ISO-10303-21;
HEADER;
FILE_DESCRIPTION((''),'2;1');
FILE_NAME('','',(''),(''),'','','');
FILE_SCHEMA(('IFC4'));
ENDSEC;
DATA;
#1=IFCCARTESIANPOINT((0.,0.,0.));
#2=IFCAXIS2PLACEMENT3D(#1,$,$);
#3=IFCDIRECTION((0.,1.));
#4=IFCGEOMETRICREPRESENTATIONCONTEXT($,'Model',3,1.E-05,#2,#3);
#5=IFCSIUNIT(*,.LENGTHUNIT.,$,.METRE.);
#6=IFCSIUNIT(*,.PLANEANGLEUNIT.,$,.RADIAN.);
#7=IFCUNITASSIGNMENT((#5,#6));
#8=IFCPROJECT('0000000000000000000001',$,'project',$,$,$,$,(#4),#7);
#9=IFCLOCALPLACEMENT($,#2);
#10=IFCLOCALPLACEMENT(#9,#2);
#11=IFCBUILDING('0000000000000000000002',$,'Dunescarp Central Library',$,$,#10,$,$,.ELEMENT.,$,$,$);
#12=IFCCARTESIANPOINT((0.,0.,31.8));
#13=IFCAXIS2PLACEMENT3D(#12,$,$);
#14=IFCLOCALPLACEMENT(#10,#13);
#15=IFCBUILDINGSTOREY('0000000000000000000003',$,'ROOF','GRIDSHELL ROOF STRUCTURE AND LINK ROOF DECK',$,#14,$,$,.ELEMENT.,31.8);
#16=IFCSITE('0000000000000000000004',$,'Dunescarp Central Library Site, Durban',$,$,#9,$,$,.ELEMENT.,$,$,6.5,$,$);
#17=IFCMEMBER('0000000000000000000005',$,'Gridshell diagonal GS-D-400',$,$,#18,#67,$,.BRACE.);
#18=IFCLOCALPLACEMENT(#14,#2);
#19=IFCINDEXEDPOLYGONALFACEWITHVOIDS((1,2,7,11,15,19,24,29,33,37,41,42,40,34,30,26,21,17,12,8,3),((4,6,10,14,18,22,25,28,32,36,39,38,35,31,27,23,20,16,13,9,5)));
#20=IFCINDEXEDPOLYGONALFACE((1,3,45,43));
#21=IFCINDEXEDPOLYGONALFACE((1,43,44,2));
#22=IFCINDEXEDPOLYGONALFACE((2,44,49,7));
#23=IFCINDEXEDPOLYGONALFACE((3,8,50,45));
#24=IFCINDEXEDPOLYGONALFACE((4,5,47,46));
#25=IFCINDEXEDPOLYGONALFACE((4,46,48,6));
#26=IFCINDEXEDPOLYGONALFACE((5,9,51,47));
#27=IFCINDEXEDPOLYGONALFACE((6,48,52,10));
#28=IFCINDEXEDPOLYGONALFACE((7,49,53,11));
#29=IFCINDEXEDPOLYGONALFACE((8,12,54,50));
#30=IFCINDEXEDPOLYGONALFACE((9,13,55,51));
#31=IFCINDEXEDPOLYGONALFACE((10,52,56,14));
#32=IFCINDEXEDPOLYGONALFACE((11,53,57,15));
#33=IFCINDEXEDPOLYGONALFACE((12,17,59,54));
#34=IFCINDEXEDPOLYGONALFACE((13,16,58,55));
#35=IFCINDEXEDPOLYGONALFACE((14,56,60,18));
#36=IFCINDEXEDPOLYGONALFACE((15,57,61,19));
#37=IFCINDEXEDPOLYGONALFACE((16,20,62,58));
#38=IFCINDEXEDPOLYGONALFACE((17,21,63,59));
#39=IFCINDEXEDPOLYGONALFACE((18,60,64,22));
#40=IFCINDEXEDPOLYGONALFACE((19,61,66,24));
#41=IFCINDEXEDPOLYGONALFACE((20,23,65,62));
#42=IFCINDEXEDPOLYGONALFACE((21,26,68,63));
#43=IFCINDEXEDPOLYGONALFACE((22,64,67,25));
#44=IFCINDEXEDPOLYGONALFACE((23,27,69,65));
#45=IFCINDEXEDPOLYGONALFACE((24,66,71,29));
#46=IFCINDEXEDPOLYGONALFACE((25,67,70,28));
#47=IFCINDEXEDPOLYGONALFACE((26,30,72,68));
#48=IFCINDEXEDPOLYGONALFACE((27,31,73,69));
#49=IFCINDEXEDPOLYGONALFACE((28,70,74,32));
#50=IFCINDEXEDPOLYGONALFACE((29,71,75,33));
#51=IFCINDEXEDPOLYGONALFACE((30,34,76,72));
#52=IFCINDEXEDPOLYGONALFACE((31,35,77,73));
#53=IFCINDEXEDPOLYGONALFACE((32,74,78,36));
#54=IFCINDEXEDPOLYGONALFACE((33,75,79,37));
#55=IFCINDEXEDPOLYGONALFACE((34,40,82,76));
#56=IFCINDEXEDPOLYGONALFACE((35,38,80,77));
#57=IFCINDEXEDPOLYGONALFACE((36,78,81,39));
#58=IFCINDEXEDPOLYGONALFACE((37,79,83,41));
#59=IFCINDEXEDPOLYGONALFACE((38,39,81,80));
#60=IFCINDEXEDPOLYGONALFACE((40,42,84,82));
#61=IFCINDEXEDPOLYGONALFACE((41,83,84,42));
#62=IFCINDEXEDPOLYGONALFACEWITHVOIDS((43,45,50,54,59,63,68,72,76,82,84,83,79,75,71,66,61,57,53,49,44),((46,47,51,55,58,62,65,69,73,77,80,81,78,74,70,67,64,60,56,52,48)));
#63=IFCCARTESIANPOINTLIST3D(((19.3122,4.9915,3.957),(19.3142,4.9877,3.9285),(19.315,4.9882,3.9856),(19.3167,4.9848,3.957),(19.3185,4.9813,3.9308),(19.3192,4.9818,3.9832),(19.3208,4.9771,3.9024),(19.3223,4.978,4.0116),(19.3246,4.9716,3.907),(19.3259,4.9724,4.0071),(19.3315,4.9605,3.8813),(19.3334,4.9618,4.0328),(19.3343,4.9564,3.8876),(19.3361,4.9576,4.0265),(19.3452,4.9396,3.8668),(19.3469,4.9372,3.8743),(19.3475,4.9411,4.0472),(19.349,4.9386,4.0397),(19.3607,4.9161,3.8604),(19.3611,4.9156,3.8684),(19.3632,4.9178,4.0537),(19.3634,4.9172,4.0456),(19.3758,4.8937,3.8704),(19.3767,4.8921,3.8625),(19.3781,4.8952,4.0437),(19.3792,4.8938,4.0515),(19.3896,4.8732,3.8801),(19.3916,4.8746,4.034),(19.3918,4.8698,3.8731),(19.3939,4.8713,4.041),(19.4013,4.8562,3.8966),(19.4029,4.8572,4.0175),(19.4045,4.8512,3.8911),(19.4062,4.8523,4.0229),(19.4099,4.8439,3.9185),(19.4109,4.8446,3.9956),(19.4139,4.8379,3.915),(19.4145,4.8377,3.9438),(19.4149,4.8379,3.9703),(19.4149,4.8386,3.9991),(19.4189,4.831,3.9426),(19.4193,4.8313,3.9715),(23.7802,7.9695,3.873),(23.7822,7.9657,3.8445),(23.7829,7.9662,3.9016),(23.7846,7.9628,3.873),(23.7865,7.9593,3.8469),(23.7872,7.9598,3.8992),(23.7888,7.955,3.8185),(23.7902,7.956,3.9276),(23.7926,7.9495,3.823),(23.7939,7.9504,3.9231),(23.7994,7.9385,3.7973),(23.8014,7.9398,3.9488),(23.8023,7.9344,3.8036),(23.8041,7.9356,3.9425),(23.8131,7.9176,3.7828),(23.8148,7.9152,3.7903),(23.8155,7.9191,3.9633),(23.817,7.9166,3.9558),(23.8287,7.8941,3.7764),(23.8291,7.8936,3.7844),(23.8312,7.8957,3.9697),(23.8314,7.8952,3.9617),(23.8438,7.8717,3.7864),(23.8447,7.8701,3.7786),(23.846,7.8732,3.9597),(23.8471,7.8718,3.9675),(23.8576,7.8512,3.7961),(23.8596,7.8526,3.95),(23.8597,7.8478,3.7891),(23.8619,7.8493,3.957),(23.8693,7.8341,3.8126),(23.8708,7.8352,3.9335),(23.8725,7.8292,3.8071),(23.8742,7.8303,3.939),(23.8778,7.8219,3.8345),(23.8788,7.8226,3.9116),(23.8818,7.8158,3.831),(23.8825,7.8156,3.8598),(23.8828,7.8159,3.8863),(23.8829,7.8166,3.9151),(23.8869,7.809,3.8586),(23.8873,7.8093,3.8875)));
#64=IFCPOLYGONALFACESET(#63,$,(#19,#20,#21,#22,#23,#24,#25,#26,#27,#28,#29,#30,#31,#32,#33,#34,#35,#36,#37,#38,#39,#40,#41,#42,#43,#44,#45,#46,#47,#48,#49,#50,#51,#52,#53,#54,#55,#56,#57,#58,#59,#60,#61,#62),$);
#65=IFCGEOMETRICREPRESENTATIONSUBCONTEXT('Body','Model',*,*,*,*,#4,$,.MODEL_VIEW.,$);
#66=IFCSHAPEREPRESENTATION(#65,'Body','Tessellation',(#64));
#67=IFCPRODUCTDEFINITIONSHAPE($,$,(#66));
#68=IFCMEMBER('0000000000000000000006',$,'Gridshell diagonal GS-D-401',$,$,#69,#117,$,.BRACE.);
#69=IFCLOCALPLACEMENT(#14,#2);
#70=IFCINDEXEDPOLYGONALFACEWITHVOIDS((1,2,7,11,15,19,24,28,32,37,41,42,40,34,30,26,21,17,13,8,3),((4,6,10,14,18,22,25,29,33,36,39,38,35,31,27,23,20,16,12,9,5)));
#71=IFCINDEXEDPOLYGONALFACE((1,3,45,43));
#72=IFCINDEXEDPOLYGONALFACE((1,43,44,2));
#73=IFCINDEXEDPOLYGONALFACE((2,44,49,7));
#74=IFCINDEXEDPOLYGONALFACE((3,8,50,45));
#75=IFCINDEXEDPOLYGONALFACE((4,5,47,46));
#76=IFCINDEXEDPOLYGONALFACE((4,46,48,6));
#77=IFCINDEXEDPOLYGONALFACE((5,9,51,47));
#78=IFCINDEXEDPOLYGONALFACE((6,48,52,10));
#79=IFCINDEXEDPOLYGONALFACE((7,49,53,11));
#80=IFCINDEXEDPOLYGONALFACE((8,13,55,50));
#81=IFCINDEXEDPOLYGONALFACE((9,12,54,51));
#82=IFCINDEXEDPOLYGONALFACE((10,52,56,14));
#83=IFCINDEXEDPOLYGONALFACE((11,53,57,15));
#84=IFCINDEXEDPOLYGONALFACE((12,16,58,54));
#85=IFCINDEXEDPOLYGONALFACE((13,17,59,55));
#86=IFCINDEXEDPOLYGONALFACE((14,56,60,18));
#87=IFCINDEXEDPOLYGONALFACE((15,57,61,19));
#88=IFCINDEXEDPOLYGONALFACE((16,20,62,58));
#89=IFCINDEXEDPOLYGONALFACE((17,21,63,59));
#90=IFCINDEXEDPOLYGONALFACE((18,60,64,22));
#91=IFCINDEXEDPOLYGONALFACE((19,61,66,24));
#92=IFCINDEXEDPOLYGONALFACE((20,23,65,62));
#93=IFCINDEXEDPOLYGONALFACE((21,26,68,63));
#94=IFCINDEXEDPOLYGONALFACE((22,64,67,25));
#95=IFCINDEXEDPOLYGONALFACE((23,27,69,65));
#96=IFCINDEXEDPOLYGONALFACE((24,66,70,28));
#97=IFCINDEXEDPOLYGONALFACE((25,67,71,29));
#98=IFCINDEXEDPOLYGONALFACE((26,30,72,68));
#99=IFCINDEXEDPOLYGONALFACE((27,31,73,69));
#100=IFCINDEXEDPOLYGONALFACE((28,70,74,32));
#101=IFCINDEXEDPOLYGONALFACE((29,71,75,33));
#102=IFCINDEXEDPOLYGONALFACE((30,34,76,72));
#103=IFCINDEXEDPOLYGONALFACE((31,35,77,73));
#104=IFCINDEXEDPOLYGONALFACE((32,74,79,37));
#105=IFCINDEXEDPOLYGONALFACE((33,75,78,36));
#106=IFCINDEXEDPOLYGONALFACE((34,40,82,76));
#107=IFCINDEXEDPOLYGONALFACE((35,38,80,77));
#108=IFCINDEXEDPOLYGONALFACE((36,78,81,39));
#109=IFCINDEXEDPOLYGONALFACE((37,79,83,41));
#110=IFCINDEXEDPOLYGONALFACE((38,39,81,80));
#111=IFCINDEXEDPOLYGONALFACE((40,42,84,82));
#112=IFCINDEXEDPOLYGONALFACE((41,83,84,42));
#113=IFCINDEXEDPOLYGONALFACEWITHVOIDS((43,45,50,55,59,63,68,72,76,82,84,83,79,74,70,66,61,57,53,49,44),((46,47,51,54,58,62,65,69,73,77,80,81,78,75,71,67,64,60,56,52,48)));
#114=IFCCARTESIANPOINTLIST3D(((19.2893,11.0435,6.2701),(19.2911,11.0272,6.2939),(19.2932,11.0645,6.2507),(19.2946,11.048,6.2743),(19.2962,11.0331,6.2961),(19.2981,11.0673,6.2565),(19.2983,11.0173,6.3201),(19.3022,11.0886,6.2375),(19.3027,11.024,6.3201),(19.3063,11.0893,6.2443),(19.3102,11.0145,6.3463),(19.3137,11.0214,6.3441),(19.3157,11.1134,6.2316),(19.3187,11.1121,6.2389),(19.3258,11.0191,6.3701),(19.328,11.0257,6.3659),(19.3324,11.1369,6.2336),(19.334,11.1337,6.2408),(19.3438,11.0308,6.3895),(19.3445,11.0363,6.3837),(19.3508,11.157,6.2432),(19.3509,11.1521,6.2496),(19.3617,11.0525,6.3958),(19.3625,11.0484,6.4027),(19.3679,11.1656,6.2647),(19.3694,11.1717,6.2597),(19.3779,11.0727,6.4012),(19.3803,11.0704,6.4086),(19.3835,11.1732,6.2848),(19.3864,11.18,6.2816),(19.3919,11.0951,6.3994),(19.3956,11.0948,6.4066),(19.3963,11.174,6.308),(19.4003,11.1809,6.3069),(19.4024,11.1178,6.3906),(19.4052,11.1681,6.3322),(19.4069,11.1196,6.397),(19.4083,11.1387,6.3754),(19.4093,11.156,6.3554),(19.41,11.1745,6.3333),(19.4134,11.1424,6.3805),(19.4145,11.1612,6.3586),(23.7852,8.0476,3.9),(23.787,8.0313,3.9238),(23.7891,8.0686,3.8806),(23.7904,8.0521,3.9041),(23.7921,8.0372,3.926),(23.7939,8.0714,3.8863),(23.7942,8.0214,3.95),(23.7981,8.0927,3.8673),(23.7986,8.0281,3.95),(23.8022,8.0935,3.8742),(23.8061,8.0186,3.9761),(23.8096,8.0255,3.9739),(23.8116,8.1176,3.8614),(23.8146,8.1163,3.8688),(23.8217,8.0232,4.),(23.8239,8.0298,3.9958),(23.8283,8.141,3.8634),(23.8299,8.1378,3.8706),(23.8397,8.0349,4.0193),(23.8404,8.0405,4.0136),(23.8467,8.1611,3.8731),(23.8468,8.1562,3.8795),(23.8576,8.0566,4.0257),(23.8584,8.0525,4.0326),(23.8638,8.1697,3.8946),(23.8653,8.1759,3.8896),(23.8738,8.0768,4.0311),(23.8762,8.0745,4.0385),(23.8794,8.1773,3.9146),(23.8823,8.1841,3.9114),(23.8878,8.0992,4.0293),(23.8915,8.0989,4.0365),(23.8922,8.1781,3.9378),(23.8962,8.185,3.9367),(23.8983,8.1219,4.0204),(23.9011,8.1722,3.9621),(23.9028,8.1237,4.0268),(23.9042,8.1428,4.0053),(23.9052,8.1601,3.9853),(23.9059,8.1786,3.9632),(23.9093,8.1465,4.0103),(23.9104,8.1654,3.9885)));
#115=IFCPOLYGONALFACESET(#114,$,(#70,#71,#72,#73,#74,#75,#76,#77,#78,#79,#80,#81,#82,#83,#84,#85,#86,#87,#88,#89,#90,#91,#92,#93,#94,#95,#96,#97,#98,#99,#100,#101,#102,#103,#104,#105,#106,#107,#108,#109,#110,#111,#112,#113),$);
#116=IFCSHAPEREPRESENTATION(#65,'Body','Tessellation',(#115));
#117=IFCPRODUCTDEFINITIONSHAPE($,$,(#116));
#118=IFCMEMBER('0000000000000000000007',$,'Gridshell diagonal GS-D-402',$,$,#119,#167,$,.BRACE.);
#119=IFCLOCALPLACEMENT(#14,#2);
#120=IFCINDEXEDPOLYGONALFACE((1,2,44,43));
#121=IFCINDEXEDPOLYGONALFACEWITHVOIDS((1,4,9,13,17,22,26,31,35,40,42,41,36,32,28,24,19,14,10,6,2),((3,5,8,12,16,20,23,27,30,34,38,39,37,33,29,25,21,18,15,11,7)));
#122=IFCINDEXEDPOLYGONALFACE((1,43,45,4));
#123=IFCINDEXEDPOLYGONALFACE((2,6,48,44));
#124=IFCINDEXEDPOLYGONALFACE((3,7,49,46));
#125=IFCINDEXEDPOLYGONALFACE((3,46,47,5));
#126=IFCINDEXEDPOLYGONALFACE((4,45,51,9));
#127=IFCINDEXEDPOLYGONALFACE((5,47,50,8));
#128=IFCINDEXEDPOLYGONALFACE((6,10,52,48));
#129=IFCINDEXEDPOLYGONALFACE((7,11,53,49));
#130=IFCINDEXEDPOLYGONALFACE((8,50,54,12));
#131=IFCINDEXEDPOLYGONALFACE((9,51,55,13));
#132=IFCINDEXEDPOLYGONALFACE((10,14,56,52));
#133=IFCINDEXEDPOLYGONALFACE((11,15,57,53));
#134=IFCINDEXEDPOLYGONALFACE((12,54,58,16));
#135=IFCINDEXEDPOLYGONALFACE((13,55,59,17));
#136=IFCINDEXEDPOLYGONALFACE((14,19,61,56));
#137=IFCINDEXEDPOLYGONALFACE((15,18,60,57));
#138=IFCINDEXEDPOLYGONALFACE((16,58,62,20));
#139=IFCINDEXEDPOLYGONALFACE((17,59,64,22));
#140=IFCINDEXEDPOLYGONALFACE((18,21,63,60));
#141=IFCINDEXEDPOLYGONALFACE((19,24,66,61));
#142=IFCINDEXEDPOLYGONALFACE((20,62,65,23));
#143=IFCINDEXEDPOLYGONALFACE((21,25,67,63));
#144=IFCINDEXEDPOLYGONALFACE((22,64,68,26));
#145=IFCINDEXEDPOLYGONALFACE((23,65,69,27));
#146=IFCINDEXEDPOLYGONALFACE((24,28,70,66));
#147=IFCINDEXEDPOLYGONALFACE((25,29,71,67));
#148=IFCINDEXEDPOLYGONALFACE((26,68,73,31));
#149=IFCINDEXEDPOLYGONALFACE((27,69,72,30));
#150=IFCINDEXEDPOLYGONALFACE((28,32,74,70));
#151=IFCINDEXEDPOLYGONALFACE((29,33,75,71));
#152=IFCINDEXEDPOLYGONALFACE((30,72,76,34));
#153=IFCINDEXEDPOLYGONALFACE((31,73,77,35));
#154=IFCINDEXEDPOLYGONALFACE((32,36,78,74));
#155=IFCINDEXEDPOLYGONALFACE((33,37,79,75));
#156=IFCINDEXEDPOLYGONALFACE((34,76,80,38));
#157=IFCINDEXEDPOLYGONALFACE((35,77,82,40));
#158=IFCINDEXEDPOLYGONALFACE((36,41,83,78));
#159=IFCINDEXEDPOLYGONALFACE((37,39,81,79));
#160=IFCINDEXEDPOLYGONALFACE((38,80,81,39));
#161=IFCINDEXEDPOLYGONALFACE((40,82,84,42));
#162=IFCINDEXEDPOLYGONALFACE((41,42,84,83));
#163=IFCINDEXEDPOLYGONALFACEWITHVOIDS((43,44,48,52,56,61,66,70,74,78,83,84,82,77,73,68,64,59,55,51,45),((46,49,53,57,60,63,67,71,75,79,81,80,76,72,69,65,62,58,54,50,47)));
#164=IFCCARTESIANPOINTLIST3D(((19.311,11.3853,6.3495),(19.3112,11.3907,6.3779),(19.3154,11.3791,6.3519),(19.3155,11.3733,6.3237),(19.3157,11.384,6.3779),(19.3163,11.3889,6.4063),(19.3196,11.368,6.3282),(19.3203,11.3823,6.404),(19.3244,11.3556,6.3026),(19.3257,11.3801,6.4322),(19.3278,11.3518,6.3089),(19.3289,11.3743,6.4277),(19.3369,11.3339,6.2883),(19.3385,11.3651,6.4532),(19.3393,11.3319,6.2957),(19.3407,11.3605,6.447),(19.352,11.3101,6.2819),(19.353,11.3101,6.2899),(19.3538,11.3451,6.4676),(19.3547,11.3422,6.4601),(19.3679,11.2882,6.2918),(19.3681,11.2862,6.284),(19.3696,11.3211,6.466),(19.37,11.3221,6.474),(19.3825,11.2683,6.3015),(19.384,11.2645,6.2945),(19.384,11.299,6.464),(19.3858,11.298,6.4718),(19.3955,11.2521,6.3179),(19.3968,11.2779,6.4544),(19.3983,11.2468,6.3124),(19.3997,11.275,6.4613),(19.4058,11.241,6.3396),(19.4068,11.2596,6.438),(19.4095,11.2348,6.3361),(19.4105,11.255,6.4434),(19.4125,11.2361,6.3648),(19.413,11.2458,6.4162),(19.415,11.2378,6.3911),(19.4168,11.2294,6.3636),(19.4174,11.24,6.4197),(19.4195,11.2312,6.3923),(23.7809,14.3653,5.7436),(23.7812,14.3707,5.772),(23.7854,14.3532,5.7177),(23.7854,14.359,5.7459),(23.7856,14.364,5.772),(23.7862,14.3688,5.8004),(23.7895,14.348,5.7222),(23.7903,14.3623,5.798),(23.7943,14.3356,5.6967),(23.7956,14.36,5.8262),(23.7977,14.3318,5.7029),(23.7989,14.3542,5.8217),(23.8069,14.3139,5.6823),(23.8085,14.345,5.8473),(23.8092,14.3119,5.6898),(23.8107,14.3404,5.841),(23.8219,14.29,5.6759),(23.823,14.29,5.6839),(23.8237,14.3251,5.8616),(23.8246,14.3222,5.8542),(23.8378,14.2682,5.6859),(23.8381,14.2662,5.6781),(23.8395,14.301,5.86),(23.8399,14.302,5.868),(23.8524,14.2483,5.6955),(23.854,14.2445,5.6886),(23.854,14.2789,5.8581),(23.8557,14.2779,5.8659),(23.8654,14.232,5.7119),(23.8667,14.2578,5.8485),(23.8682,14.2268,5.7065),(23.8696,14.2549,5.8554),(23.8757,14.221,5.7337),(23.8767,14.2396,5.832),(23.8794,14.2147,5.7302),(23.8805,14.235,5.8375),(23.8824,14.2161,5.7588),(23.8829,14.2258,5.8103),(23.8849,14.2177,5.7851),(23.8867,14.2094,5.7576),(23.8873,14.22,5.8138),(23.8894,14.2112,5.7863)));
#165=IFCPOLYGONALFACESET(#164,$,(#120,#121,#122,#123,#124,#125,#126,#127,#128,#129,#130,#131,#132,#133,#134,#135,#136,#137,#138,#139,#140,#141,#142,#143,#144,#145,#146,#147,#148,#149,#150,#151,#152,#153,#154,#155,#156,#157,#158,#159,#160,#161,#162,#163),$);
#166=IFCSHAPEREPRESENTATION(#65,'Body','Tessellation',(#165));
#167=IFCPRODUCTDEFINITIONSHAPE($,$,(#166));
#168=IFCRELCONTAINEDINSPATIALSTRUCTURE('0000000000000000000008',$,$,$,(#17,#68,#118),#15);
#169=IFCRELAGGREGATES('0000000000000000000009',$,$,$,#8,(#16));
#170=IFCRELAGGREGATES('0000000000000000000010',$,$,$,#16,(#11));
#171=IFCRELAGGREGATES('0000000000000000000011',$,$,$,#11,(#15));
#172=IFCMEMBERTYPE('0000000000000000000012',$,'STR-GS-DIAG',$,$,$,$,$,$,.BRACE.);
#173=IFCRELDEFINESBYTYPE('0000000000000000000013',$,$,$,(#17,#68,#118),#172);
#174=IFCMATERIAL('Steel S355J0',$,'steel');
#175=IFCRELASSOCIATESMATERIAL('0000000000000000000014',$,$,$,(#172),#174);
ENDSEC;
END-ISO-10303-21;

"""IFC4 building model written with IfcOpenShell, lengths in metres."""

from ifc_helpers import new_model, si_unit, direction, frame, origin, origin_2d, place, context, subcontext, project, spatial, hollow_circle, extrude, material, material_profile, profile_set, type_object, element, save


model = new_model("IFC4")

# Units and contexts
model_context = context("Model", 3, precision=1e-05, world=origin(), true_north=direction((0.0, 1.0)))
body_context = subcontext(model_context, "Body", "Model", "MODEL_VIEW")
ifc_project = project(units=[si_unit("LENGTHUNIT", "METRE"), si_unit("PLANEANGLEUNIT", "RADIAN")], contexts=[model_context])

# Site, building, storey
site_placement = place(None, origin())
site = spatial("IfcSite", under=ifc_project, at=site_placement, Name="Dunescarp Central Library Site, Durban", CompositionType="ELEMENT", RefElevation=6.5)
building_placement = place(site_placement, origin())
building = spatial("IfcBuilding", under=site, at=building_placement, Name="Dunescarp Central Library", CompositionType="ELEMENT")
storey_placement = place(building_placement, frame((0.0, 0.0, 31.8)))
storey = spatial("IfcBuildingStorey", under=building, at=storey_placement, Name="ROOF", Description="GRIDSHELL ROOF STRUCTURE AND LINK ROOF DECK", CompositionType="ELEMENT", Elevation=31.8)

# Members
ifc_material_1 = material(Name="Steel S355J0", Category="steel")
ifc_material_profile_1 = material_profile(ifc_material_1, hollow_circle(Radius=0.0969, WallThickness=0.0081, at=origin_2d()), Name="CHS 193.7x8")
ifc_profile_set_1 = profile_set([ifc_material_profile_1], Name="Steel S355J0")
member_type_1 = type_object("IfcMemberType", Name="STR-GS-DIAG", PredefinedType="BRACE", material=ifc_profile_set_1)
member_1_placement = place(storey_placement, frame((19.366, 4.9109, 3.957), z_axis=(0.832004, 0.554548, -0.015639), x_axis=(-0.554616, 0.832106, 0.0)))
element("IfcMember", 1, at=member_1_placement, inside=storey, type_object=member_type_1, Name="Gridshell diagonal GS-D-400", PredefinedType="BRACE", context=body_context, shape_type="SweptSolid", body=[
    extrude(hollow_circle(Radius=0.0969, WallThickness=0.0081, at=origin_2d()), origin(), (0.0, 0.0, 1.0), 5.3701),
])
member_2_placement = place(storey_placement, frame((23.8479, 8.1021, 3.95), z_axis=(-0.762061, 0.507806, 0.401742), x_axis=(-0.554523, -0.832168, 0.0)))
element("IfcMember", 2, at=member_2_placement, inside=storey, type_object=member_type_1, Name="Gridshell diagonal GS-D-401", PredefinedType="BRACE", context=body_context, shape_type="SweptSolid", body=[
    extrude(hollow_circle(Radius=0.0969, WallThickness=0.0081, at=origin_2d()), origin(), (0.0, 0.0, 1.0), 5.8997),
])
member_3_placement = place(storey_placement, frame((19.365, 11.3101, 6.3779), z_axis=(0.826807, 0.551205, -0.112083), x_axis=(-0.5547, 0.83205, 0.0)))
element("IfcMember", 3, at=member_3_placement, inside=storey, type_object=member_type_1, Name="Gridshell diagonal GS-D-402", PredefinedType="BRACE", context=body_context, shape_type="SweptSolid", body=[
    extrude(hollow_circle(Radius=0.0969, WallThickness=0.0081, at=origin_2d()), origin(), (0.0, 0.0, 1.0), 5.4062),
])

save(model, "model.ifc")
